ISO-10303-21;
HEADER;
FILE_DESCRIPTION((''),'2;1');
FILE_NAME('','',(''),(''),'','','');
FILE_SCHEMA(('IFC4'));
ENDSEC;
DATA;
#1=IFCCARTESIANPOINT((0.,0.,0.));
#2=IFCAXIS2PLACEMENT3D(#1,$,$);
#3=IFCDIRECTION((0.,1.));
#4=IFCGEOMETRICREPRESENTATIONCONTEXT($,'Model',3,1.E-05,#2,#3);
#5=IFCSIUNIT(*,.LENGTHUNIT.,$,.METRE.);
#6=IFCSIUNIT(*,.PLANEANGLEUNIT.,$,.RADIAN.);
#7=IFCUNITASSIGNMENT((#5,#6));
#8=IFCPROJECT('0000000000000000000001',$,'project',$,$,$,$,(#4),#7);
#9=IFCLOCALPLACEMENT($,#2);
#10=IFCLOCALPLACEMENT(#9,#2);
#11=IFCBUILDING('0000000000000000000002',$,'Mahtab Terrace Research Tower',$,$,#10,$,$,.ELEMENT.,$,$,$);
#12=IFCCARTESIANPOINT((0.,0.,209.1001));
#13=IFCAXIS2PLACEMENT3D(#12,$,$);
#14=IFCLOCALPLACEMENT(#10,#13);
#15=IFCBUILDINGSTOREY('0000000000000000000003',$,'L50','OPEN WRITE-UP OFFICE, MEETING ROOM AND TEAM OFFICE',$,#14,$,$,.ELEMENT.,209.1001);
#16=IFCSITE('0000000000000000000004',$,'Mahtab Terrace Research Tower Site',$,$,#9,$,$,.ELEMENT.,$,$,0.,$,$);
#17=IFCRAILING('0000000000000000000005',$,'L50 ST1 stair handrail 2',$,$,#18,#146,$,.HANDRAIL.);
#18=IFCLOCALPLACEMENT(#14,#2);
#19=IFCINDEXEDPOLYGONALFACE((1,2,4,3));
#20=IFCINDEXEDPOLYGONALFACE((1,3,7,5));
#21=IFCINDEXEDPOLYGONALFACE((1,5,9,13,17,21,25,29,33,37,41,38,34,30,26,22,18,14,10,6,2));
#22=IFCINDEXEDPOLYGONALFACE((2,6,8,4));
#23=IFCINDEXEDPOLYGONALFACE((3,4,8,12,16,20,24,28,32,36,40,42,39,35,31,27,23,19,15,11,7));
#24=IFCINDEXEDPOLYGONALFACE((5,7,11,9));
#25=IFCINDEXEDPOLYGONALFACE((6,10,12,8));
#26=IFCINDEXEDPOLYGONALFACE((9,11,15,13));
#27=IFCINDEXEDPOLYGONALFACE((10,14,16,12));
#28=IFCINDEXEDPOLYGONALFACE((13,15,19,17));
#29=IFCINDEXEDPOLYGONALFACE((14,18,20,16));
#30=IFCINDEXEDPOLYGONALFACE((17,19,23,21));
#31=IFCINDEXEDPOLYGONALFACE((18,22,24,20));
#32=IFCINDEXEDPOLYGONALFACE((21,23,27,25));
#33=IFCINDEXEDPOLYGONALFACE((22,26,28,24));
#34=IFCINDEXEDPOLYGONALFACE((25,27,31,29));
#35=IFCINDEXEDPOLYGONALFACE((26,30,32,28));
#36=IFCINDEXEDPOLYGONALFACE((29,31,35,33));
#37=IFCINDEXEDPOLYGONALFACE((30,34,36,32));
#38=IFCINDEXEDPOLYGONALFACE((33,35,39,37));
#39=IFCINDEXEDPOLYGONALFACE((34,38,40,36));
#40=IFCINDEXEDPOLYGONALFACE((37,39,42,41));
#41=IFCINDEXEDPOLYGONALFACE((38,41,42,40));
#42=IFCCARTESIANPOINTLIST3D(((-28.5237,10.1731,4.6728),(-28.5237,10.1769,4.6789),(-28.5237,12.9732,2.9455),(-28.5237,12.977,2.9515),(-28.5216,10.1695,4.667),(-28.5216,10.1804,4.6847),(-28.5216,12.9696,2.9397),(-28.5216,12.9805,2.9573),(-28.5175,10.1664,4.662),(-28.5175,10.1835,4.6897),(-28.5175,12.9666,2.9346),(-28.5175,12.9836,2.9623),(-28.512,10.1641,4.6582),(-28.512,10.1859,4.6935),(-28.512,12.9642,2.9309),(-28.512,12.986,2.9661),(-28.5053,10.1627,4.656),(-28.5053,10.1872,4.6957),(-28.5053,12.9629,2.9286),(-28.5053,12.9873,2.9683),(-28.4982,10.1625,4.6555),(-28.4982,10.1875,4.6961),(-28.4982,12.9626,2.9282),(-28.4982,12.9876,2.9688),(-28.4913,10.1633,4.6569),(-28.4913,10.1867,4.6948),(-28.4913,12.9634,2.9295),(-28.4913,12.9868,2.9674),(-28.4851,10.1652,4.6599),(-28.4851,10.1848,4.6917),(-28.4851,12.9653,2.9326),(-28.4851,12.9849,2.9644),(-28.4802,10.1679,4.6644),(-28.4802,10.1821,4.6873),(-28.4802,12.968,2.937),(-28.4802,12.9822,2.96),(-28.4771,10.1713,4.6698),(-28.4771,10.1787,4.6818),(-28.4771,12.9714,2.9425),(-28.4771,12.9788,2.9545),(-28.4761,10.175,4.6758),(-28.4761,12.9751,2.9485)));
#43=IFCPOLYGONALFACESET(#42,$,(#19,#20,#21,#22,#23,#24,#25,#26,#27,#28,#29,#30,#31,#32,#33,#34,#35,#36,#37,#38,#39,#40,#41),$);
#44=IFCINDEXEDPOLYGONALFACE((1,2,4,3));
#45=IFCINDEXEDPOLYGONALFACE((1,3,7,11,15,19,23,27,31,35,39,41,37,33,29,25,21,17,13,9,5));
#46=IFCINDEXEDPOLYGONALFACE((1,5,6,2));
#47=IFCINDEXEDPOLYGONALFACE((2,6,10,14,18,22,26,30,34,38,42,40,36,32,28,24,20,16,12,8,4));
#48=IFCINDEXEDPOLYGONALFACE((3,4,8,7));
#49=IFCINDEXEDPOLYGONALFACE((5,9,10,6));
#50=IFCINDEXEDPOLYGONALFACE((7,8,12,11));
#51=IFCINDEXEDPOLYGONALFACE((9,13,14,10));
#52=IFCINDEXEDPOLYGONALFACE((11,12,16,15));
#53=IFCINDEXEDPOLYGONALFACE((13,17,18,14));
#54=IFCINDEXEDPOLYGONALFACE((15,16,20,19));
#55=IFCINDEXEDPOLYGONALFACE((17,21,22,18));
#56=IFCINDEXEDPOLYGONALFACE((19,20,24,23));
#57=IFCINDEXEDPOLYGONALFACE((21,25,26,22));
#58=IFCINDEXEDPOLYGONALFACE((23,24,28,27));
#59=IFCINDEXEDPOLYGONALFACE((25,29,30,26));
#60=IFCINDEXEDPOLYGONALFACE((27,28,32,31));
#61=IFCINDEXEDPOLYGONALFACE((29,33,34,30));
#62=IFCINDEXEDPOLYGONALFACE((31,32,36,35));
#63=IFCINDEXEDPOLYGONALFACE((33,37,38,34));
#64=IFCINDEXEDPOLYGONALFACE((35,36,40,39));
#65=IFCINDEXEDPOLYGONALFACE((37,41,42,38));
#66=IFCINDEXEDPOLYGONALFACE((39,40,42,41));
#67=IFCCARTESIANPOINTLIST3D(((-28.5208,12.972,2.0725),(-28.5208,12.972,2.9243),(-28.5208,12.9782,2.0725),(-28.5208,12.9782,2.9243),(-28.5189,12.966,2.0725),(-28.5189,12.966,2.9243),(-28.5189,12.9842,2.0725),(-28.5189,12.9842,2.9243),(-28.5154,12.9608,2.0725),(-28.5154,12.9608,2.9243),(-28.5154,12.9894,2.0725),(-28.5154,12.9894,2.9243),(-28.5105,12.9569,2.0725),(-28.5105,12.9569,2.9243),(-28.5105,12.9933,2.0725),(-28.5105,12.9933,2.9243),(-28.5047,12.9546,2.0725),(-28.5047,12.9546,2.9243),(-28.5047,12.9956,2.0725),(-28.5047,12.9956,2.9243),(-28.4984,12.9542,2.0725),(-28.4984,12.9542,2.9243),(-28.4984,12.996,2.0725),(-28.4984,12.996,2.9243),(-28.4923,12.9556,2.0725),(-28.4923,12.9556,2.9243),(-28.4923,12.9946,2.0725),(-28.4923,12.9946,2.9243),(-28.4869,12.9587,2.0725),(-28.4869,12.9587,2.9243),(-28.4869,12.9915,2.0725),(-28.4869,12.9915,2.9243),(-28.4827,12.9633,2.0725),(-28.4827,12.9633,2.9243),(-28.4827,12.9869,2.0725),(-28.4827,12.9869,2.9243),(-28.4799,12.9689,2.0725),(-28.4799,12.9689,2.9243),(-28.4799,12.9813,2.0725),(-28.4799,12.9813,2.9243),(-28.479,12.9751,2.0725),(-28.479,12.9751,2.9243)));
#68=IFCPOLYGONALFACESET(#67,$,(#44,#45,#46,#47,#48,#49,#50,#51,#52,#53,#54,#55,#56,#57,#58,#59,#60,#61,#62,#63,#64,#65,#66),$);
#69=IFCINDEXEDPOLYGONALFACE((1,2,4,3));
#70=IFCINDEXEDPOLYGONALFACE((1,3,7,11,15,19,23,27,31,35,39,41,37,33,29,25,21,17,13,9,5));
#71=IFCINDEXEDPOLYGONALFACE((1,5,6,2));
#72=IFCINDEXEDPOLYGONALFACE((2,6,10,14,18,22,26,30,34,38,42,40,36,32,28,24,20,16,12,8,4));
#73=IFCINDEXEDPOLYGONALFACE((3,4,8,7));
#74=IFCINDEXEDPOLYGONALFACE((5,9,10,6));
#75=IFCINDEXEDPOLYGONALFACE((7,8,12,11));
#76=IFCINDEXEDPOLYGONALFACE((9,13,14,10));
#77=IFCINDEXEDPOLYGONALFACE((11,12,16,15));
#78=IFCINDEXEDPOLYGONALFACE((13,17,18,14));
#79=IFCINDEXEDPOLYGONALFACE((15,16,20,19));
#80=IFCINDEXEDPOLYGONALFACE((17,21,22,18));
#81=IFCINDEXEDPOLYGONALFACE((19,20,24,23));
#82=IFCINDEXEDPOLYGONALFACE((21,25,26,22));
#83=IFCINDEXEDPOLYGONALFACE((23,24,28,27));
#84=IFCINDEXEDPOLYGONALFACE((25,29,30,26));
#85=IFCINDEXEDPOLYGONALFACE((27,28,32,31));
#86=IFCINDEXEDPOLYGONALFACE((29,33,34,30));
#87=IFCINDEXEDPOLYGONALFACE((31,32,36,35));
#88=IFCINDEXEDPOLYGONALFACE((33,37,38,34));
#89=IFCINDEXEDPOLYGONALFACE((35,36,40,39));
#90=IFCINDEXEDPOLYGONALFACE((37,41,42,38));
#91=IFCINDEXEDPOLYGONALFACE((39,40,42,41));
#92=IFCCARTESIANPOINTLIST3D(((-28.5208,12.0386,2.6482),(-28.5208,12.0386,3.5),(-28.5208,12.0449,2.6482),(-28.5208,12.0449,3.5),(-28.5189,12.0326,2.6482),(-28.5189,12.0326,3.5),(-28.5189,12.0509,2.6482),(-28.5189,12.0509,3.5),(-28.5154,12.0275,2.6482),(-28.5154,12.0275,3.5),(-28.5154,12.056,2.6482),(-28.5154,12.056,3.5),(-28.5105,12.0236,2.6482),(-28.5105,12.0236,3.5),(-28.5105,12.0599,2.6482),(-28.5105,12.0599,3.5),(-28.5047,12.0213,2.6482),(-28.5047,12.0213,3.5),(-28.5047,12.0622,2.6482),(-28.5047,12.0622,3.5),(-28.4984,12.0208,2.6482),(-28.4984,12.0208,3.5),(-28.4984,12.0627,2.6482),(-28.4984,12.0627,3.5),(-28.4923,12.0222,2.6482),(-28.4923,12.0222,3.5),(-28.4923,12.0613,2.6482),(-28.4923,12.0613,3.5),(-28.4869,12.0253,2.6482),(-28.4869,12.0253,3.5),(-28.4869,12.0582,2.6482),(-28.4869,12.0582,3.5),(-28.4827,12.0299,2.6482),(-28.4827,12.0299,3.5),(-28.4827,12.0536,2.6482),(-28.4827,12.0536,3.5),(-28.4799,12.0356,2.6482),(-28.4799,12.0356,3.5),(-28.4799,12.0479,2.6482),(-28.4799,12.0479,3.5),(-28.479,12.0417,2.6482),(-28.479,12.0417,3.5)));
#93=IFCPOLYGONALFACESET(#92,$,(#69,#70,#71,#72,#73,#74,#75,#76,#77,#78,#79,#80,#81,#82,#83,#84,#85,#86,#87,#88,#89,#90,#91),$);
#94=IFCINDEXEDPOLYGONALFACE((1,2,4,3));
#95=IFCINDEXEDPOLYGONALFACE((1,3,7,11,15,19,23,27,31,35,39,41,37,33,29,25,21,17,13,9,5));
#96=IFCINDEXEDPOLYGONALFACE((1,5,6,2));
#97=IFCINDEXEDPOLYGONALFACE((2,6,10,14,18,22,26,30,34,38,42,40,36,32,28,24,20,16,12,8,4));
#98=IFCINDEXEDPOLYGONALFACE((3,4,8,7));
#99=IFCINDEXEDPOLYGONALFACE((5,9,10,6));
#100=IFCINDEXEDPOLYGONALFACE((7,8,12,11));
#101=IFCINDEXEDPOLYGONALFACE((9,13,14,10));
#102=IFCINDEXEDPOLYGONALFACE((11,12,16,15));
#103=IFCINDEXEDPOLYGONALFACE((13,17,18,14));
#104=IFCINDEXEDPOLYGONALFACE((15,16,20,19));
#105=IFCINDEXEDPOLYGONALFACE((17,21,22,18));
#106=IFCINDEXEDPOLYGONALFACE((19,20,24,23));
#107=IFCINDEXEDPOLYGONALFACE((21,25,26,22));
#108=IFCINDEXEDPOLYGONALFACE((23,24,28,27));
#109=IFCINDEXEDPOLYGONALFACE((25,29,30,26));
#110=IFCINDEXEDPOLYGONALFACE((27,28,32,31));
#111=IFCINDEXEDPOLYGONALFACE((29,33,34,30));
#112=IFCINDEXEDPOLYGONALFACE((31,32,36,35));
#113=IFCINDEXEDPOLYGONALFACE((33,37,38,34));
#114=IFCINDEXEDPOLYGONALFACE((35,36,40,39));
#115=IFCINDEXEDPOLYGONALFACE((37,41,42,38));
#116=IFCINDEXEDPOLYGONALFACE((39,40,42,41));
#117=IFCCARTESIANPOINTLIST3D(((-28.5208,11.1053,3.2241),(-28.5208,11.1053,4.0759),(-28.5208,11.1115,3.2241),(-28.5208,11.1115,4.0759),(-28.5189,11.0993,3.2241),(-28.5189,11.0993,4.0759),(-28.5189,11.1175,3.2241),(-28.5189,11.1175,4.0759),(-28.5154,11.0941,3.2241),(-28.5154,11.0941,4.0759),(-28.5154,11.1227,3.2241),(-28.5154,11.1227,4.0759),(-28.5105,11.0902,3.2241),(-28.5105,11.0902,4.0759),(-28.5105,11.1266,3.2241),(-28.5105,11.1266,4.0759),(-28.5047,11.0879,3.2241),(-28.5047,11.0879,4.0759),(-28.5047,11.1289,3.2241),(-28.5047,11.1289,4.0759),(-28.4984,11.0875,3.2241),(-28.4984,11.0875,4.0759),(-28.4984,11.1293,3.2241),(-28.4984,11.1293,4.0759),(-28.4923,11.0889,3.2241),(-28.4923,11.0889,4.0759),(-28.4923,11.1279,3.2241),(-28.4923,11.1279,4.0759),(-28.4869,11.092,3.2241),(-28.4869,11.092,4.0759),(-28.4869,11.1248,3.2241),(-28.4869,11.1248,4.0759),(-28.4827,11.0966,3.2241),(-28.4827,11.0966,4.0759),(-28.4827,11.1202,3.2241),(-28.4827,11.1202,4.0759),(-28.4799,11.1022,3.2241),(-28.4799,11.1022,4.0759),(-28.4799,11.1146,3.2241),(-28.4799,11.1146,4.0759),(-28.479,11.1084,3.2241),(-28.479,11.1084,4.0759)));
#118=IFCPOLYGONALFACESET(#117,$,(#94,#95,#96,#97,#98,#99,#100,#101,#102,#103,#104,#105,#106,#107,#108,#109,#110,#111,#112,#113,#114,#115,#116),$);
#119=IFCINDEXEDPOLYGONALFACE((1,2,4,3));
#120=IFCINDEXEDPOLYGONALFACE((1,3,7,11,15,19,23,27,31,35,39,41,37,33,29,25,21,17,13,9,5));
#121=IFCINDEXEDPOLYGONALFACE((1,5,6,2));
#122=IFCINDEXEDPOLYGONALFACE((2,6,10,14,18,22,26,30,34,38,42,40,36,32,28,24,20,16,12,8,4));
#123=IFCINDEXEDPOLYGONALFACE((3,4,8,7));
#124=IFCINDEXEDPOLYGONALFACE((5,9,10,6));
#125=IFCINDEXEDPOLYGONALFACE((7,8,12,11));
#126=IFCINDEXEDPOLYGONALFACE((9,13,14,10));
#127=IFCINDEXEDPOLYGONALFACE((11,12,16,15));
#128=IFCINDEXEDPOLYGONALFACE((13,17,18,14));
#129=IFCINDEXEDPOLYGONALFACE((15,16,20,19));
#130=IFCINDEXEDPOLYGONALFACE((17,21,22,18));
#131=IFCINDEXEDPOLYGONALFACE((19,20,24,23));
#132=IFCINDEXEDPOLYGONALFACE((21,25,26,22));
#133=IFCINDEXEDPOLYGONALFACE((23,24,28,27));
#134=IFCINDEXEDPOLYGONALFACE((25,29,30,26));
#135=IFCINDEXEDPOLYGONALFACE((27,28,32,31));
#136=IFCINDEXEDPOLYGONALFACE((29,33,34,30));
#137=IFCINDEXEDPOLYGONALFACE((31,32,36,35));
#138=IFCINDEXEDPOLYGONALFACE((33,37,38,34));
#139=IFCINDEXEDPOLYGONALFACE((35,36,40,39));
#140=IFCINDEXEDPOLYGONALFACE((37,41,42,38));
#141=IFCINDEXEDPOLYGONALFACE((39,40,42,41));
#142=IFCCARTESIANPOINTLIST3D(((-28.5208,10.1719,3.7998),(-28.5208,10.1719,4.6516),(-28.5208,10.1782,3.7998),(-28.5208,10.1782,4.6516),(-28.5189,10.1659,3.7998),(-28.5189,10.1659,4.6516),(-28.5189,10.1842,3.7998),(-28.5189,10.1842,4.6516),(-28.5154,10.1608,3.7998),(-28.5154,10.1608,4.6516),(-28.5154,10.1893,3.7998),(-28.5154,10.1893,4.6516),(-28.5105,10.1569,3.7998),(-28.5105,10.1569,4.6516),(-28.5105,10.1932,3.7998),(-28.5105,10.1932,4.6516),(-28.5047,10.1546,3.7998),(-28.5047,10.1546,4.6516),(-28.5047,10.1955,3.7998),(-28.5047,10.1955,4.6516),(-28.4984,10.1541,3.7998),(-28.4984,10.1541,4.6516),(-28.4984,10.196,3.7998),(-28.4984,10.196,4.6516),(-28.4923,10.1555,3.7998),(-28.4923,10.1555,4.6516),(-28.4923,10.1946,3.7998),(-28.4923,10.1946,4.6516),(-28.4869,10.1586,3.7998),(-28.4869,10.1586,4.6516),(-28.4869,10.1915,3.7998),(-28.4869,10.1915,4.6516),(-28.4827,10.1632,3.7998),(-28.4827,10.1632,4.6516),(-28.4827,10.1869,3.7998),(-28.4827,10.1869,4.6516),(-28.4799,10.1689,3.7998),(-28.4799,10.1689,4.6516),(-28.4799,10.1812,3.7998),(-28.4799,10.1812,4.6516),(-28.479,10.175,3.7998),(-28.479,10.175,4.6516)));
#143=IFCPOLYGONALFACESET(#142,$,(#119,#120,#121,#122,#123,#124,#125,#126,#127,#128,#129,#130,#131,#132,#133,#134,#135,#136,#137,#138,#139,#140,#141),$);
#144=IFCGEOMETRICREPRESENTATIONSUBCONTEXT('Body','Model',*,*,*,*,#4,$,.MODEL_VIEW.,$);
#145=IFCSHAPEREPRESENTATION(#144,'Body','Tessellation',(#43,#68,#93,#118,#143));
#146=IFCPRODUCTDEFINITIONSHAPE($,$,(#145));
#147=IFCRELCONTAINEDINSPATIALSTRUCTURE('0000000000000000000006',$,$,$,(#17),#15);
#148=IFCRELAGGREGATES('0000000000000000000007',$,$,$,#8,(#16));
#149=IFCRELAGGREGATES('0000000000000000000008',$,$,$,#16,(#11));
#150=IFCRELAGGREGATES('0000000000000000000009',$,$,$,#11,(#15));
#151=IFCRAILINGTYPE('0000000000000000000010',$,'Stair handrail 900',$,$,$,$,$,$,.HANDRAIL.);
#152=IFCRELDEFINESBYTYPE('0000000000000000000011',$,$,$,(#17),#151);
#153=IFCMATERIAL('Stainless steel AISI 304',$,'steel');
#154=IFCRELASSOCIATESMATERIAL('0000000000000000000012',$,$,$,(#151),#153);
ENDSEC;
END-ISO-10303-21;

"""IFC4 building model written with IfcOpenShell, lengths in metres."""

from ifc_helpers import new_model, si_unit, direction, frame, origin, origin_2d, place, context, subcontext, project, spatial, circle, extrude, material, type_object, element, save


model = new_model("IFC4")

# Units and contexts
model_context = context("Model", 3, precision=1e-05, world=origin(), true_north=direction((0.0, 1.0)))
body_context = subcontext(model_context, "Body", "Model", "MODEL_VIEW")
ifc_project = project(units=[si_unit("LENGTHUNIT", "METRE"), si_unit("PLANEANGLEUNIT", "RADIAN")], contexts=[model_context])

# Site, building, storey
site_placement = place(None, origin())
site = spatial("IfcSite", under=ifc_project, at=site_placement, Name="Mahtab Terrace Research Tower Site", CompositionType="ELEMENT", RefElevation=0.0)
building_placement = place(site_placement, origin())
building = spatial("IfcBuilding", under=site, at=building_placement, Name="Mahtab Terrace Research Tower", CompositionType="ELEMENT")
storey_placement = place(building_placement, frame((0.0, 0.0, 209.1001)))
storey = spatial("IfcBuildingStorey", under=building, at=storey_placement, Name="L50", Description="OPEN WRITE-UP OFFICE, MEETING ROOM AND TEAM OFFICE", CompositionType="ELEMENT", Elevation=209.1001)

# Railing
ifc_material_1 = material(Name="Stainless steel AISI 304", Category="steel")
railing_type_1 = type_object("IfcRailingType", Name="Stair handrail 900", PredefinedType="HANDRAIL", material=ifc_material_1)
railing_1_placement = place(storey_placement, frame((-28.5, 12.9751, 2.0725)))
element("IfcRailing", 1, at=railing_1_placement, inside=storey, type_object=railing_type_1, Name="L50 ST1 stair handrail 2", PredefinedType="HANDRAIL", context=body_context, shape_type="SweptSolid", body=[
    extrude(circle(Radius=0.0239, at=origin_2d()), frame((0.0, 0.0, 0.876), z_axis=(0.0, -0.85109, 0.52502), x_axis=(1.0, 0.0, 0.0)), (0.0, 0.0, 1.0), 3.29),
    extrude(circle(Radius=0.021, at=origin_2d()), origin(), (0.0, 0.0, 1.0), 0.8518),
    extrude(circle(Radius=0.021, at=origin_2d()), frame((0.0, -0.9333, 0.5757)), (0.0, 0.0, 1.0), 0.8518),
    extrude(circle(Radius=0.021, at=origin_2d()), frame((0.0, -1.8667, 1.1516)), (0.0, 0.0, 1.0), 0.8518),
    extrude(circle(Radius=0.021, at=origin_2d()), frame((0.0, -2.8, 1.7273)), (0.0, 0.0, 1.0), 0.8518),
])

save(model, "model.ifc")
